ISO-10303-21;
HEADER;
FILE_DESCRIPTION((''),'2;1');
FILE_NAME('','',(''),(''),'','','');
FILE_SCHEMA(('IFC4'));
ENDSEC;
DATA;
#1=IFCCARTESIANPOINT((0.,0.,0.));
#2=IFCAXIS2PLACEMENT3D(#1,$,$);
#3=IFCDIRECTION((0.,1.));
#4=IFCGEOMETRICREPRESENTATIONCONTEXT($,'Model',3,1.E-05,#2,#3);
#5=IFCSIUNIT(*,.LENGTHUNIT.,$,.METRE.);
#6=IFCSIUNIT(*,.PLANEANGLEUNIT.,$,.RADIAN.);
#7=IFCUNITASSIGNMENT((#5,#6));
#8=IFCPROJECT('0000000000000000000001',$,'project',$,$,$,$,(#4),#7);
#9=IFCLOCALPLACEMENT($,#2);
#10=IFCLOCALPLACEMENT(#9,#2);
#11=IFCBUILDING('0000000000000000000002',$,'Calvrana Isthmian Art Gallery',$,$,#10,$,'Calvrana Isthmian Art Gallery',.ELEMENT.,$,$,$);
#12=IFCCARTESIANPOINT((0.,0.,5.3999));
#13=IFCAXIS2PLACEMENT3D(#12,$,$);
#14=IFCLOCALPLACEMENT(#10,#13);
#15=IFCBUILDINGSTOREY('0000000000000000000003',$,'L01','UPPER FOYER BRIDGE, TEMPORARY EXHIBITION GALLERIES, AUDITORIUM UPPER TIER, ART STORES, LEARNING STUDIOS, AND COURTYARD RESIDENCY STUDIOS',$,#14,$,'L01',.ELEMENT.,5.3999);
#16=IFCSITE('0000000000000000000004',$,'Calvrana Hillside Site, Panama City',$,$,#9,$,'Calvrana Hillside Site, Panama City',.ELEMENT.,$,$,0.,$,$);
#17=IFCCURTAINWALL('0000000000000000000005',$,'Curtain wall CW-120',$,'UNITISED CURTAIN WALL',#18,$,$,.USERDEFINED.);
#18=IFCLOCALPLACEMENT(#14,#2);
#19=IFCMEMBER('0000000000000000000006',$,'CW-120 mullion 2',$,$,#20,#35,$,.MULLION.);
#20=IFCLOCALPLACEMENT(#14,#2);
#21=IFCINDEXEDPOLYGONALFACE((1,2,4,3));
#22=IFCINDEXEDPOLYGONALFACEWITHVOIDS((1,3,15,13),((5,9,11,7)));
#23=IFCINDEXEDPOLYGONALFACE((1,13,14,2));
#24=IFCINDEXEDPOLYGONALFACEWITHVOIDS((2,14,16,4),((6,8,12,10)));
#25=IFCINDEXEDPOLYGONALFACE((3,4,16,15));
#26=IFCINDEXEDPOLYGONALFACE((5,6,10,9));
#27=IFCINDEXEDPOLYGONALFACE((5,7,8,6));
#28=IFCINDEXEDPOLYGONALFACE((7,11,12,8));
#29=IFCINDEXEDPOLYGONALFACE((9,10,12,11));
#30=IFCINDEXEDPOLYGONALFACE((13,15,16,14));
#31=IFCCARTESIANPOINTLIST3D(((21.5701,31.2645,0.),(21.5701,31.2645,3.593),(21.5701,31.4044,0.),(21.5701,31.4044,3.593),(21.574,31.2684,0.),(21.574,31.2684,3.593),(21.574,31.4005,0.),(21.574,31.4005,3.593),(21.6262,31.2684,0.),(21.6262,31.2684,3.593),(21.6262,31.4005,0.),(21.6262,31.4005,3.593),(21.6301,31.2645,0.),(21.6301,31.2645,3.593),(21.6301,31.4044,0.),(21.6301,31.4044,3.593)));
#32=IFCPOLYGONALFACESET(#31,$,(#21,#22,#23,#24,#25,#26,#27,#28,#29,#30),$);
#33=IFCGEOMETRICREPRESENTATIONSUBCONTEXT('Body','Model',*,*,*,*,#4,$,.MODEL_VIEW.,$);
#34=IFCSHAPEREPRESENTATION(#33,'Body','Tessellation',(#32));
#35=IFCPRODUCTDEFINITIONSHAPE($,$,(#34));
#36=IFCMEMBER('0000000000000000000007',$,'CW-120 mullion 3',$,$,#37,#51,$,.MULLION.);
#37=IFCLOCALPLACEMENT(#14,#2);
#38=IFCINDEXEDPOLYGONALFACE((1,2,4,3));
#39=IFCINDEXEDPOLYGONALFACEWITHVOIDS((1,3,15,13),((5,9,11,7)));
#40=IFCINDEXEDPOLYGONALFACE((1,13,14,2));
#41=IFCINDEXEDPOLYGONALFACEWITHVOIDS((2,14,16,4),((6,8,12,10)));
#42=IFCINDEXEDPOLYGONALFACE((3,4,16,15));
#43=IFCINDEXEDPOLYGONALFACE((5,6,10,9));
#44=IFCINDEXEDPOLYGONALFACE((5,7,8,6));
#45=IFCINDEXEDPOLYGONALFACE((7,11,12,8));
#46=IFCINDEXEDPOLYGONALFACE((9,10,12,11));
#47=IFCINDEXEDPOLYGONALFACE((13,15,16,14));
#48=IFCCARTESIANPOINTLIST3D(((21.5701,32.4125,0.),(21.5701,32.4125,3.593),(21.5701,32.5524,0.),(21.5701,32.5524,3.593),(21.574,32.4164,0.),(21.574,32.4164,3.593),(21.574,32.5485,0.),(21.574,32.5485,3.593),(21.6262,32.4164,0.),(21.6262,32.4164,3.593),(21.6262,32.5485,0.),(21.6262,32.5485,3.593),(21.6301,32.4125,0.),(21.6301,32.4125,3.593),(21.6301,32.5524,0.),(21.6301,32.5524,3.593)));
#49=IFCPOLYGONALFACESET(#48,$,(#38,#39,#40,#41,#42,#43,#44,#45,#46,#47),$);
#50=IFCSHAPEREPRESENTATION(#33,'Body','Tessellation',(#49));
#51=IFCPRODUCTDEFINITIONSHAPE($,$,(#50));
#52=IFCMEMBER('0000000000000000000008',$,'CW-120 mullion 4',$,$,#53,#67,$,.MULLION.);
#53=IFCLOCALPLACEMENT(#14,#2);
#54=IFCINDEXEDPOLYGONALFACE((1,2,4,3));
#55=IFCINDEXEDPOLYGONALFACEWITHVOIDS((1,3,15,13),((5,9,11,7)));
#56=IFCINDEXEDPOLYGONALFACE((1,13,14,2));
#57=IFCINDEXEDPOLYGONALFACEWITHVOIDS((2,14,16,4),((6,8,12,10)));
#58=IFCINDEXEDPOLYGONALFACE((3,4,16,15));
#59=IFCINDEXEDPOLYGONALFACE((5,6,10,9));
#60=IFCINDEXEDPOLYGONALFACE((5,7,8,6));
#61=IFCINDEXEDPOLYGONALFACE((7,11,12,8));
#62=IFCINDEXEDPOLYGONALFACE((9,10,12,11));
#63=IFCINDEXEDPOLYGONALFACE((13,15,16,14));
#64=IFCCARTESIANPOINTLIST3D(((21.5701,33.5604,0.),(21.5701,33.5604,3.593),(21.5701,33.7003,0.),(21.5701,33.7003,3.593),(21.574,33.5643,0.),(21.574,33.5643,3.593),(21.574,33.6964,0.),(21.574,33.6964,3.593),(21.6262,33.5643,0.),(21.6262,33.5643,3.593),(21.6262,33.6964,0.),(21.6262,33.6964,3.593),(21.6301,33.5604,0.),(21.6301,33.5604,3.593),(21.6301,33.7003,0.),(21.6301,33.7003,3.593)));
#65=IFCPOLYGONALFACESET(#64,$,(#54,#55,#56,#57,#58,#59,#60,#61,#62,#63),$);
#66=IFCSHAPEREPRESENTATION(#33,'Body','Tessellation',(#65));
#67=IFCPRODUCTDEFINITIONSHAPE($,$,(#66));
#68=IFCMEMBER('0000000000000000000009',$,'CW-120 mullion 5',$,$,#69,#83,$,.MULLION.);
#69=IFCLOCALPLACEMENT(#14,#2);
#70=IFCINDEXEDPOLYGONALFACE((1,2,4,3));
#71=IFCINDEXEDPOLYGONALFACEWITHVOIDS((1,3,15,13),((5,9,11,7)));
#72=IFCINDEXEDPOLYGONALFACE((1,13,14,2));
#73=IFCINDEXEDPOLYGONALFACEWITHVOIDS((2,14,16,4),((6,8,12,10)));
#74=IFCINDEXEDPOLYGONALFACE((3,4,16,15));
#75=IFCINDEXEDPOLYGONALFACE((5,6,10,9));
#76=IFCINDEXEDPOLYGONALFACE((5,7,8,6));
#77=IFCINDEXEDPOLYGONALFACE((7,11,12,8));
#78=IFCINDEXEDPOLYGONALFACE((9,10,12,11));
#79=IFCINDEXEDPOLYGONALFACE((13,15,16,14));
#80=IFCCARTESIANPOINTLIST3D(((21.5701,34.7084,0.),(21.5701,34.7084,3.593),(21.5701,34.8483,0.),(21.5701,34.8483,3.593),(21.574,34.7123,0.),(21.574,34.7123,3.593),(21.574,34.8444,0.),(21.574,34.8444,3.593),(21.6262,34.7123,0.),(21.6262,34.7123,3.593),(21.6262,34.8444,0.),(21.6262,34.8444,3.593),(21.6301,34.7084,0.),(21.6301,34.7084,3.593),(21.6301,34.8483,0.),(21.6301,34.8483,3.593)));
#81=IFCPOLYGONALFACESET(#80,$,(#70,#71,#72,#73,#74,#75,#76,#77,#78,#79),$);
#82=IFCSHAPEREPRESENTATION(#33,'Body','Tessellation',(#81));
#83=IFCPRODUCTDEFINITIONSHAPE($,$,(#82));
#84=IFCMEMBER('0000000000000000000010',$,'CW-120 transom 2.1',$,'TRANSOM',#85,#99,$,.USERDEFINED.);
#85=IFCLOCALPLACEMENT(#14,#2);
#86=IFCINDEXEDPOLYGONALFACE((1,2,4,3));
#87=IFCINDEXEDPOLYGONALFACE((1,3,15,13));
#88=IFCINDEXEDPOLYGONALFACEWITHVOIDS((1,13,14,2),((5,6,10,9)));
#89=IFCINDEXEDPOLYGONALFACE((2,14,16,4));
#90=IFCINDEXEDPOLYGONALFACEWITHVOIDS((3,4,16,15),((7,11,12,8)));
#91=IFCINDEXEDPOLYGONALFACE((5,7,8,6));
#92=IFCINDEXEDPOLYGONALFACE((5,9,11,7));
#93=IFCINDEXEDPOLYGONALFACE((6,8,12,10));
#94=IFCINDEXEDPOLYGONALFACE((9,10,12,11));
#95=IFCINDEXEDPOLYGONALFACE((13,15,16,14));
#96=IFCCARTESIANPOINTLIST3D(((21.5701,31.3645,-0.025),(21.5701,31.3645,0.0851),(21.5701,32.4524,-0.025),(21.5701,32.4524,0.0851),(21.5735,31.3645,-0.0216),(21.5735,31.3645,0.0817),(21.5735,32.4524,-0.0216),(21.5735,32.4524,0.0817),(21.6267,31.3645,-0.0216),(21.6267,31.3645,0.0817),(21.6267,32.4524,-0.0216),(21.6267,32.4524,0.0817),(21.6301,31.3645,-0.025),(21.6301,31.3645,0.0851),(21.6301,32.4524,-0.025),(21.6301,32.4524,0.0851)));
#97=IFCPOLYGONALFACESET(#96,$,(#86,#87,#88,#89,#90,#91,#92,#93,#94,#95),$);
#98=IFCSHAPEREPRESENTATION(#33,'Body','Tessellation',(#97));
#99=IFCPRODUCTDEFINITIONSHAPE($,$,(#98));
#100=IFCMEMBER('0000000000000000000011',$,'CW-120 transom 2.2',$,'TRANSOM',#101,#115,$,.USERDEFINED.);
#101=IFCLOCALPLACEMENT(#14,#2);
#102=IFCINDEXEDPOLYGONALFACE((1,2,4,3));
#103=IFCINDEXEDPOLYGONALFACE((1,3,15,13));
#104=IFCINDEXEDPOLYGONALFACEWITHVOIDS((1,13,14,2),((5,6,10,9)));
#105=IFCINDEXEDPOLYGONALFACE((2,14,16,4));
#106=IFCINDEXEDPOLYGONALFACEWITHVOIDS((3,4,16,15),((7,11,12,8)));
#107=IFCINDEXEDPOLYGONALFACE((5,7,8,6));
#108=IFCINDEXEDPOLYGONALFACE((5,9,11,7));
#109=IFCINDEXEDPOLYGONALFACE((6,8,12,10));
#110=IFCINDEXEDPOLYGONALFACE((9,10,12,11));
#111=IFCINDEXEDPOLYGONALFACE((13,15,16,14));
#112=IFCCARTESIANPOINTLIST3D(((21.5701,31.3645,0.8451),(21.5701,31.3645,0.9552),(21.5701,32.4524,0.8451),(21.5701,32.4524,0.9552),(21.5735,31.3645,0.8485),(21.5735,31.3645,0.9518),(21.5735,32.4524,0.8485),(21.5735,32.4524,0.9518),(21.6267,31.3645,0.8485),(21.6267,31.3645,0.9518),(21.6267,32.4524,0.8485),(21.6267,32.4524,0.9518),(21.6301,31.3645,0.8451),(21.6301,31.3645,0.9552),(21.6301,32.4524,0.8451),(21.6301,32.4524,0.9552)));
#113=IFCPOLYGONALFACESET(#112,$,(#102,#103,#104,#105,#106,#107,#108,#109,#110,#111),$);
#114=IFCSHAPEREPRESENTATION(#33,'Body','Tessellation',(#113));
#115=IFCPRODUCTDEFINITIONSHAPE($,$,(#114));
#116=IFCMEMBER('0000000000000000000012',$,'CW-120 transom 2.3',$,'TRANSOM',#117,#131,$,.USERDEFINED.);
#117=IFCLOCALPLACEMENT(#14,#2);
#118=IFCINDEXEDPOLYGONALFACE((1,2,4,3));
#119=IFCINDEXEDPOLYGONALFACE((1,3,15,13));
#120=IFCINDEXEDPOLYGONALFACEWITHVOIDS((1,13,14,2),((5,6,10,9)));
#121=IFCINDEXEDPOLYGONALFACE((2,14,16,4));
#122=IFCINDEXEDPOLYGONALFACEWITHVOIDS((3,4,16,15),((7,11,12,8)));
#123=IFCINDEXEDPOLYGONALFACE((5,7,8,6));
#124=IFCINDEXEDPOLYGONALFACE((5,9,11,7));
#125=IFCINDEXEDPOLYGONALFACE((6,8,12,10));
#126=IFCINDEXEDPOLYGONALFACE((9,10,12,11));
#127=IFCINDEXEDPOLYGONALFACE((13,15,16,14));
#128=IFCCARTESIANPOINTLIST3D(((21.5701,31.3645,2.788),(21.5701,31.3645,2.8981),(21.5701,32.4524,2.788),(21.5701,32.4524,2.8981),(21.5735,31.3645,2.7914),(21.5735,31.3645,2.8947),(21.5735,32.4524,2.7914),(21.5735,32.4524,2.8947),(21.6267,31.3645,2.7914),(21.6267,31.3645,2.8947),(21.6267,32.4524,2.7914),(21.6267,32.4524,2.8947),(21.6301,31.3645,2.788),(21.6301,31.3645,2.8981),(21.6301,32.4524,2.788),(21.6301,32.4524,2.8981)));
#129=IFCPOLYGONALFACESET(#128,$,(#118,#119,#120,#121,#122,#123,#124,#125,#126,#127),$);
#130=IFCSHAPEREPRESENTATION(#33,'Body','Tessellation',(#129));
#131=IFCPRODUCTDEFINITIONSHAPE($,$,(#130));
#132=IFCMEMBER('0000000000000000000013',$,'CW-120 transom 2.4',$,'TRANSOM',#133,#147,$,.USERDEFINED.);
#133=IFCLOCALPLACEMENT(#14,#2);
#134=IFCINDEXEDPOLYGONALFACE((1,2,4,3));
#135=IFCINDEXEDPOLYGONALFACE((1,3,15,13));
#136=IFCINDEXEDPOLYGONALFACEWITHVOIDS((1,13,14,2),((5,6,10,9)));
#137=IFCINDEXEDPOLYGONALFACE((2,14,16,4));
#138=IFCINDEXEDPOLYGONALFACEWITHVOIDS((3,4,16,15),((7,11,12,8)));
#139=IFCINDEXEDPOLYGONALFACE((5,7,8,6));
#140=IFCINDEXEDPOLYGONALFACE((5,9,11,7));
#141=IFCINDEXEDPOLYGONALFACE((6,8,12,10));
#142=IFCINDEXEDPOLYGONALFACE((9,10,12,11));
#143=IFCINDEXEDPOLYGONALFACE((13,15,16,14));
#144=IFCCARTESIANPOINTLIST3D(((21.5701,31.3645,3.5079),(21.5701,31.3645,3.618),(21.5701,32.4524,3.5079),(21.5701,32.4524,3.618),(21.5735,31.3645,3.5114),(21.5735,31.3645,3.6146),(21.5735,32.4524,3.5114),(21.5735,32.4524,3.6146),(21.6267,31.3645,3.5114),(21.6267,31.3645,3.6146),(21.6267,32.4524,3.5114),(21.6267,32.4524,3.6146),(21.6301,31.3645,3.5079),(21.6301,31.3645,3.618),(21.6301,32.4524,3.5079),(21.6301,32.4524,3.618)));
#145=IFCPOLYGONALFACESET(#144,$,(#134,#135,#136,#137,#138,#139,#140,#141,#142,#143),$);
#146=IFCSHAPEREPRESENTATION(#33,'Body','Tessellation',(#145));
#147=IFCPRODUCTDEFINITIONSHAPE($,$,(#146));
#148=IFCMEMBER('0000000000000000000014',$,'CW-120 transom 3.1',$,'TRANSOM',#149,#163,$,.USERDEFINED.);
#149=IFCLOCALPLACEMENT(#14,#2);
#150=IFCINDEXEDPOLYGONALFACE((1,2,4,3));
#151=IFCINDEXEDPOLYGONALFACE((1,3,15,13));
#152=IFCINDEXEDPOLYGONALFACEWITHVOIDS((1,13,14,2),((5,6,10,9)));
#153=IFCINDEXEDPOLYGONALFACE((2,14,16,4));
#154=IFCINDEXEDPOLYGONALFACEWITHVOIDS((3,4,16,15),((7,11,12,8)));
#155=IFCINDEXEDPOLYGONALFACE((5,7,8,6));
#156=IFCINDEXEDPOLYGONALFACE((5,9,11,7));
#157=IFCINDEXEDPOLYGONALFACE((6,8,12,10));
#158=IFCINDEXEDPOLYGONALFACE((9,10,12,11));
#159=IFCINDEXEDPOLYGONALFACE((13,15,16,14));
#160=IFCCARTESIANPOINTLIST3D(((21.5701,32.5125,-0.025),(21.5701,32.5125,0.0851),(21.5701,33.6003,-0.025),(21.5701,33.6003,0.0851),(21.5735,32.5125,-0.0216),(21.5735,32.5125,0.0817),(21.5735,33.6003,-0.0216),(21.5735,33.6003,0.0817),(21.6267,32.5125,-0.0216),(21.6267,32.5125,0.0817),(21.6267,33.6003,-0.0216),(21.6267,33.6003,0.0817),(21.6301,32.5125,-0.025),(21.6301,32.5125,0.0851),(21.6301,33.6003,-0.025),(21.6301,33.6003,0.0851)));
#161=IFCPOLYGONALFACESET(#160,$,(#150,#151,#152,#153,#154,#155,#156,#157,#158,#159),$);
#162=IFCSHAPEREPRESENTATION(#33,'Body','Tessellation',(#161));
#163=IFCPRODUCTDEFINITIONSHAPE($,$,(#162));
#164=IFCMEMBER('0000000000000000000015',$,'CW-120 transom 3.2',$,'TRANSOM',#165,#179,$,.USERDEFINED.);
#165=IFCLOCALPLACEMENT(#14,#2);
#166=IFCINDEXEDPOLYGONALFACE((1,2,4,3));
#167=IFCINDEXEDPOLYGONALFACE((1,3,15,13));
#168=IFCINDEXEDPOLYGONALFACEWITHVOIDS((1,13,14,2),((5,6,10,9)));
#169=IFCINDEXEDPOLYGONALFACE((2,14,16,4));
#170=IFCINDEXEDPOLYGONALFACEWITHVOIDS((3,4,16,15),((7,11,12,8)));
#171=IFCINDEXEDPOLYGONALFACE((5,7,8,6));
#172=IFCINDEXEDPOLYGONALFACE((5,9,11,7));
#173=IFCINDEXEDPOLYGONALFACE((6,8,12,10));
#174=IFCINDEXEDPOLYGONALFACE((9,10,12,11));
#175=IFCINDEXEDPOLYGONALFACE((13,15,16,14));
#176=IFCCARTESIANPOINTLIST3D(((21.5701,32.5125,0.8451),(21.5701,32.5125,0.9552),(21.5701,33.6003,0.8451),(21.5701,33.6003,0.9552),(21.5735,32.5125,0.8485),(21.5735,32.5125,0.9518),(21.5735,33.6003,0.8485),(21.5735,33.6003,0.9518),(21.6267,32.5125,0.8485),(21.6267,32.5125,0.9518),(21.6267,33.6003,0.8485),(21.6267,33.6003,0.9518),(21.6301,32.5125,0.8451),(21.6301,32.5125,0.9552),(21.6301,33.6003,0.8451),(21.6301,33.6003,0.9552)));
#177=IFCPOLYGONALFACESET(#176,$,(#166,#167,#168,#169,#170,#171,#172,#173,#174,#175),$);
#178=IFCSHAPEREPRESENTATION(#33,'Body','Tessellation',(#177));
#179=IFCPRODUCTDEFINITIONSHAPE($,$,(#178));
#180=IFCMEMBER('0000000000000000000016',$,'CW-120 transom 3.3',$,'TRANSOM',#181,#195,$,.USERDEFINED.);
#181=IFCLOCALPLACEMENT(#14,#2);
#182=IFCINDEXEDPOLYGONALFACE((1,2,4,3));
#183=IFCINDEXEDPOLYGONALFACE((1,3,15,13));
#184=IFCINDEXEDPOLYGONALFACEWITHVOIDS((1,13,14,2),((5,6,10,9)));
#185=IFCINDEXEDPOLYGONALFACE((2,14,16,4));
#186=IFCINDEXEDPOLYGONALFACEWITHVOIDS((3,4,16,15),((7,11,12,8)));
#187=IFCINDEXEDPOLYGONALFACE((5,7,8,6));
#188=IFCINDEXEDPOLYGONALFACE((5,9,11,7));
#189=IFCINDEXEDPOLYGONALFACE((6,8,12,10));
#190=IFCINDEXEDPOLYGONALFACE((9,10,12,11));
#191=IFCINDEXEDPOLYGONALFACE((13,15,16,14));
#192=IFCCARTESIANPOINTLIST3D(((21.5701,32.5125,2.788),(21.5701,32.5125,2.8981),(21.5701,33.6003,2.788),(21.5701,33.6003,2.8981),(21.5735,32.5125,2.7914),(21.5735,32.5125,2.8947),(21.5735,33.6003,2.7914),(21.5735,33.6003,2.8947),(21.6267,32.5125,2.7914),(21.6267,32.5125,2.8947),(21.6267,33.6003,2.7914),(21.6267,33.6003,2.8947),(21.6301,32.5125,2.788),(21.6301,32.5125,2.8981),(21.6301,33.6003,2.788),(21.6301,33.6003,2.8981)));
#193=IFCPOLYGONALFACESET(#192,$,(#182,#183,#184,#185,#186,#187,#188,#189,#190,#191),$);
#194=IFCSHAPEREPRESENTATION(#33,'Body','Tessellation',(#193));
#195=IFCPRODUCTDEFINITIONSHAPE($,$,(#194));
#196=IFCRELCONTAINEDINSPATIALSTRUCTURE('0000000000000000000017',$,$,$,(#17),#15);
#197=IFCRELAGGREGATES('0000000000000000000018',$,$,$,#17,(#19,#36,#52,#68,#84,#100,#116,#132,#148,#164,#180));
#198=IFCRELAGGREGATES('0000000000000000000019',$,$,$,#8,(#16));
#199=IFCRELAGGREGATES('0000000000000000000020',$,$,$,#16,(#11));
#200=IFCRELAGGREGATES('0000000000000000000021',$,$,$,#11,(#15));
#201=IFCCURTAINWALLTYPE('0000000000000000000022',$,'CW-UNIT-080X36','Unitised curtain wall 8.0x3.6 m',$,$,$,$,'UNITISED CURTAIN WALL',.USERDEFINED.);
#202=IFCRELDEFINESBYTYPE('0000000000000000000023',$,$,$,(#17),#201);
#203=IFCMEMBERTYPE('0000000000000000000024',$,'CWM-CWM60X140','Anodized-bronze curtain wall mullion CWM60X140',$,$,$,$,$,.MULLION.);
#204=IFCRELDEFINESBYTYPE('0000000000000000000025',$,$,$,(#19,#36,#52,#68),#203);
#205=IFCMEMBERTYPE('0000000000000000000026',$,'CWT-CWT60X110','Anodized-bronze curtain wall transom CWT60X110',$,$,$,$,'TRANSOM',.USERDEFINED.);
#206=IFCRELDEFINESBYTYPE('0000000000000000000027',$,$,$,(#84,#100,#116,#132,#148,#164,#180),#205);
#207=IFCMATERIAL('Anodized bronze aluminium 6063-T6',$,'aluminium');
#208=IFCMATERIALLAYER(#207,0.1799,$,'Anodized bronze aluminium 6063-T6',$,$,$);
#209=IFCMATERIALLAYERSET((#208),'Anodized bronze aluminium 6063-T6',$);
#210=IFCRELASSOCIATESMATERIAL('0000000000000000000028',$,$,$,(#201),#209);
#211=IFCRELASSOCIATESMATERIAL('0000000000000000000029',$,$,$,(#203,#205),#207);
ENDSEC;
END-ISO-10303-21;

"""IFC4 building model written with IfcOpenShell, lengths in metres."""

from ifc_helpers import new_model, si_unit, direction, frame, origin, origin_2d, place, context, subcontext, project, spatial, hollow_rectangle, extrude, material, layer, layer_set, material_profile, profile_set, type_object, element, aggregate, save


model = new_model("IFC4")

# Units and contexts
model_context = context("Model", 3, precision=1e-05, world=origin(), true_north=direction((0.0, 1.0)))
body_context = subcontext(model_context, "Body", "Model", "MODEL_VIEW")
ifc_project = project(units=[si_unit("LENGTHUNIT", "METRE"), si_unit("PLANEANGLEUNIT", "RADIAN")], contexts=[model_context])

# Site, building, storey
site_placement = place(None, origin())
site = spatial("IfcSite", under=ifc_project, at=site_placement, Name="Calvrana Hillside Site, Panama City", LongName="Calvrana Hillside Site, Panama City", CompositionType="ELEMENT", RefElevation=0.0)
building_placement = place(site_placement, origin())
building = spatial("IfcBuilding", under=site, at=building_placement, Name="Calvrana Isthmian Art Gallery", LongName="Calvrana Isthmian Art Gallery", CompositionType="ELEMENT")
storey_placement = place(building_placement, frame((0.0, 0.0, 5.3999)))
storey = spatial("IfcBuildingStorey", under=building, at=storey_placement, Name="L01", Description="UPPER FOYER BRIDGE, TEMPORARY EXHIBITION GALLERIES, AUDITORIUM UPPER TIER, ART STORES, LEARNING STUDIOS, AND COURTYARD RESIDENCY STUDIOS", LongName="L01", CompositionType="ELEMENT", Elevation=5.3999)

# Curtain wall, members
ifc_material_1 = material(Name="Anodized bronze aluminium 6063-T6", Category="aluminium")
ifc_layer_1 = layer(ifc_material_1, 0.1799, Name="Anodized bronze aluminium 6063-T6")
ifc_layer_set_1 = layer_set([ifc_layer_1], Name="Anodized bronze aluminium 6063-T6")
curtain_wall_type = type_object("IfcCurtainWallType", Name="CW-UNIT-080X36", Description="Unitised curtain wall 8.0x3.6 m", ElementType="UNITISED CURTAIN WALL", PredefinedType="USERDEFINED", material=ifc_layer_set_1)
curtain_wall_placement = place(storey_placement, origin())
curtain_wall = element("IfcCurtainWall", 1, at=curtain_wall_placement, inside=storey, type_object=curtain_wall_type, Name="Curtain wall CW-120", ObjectType="UNITISED CURTAIN WALL", PredefinedType="USERDEFINED")
ifc_material_profile_1 = material_profile(ifc_material_1, hollow_rectangle(XDim=0.0601, YDim=0.1399, WallThickness=0.0039, at=origin_2d()), Name="CWM60X140")
ifc_profile_set_1 = profile_set([ifc_material_profile_1], Name="Anodized bronze aluminium 6063-T6")
member_type_1 = type_object("IfcMemberType", Name="CWM-CWM60X140", Description="Anodized-bronze curtain wall mullion CWM60X140", PredefinedType="MULLION", material=ifc_profile_set_1)
member_1_placement = place(storey_placement, frame((21.6001, 31.3345, 0.0), z_axis=(0.0, 0.0, 1.0), x_axis=(-1.0, 0.0, 0.0)))
member_1 = element("IfcMember", 2, at=member_1_placement, type_object=member_type_1, Name="CW-120 mullion 2", PredefinedType="MULLION", context=body_context, shape_type="SweptSolid", body=[
    extrude(hollow_rectangle(XDim=0.0601, YDim=0.1399, WallThickness=0.0039, at=origin_2d()), origin(), (0.0, 0.0, 1.0), 3.593),
])
member_2_placement = place(storey_placement, frame((21.6001, 32.4824, 0.0), z_axis=(0.0, 0.0, 1.0), x_axis=(-1.0, 0.0, 0.0)))
member_2 = element("IfcMember", 3, at=member_2_placement, type_object=member_type_1, Name="CW-120 mullion 3", PredefinedType="MULLION", context=body_context, shape_type="SweptSolid", body=[
    extrude(hollow_rectangle(XDim=0.0601, YDim=0.1399, WallThickness=0.0039, at=origin_2d()), origin(), (0.0, 0.0, 1.0), 3.593),
])
member_3_placement = place(storey_placement, frame((21.6001, 33.6304, 0.0), z_axis=(0.0, 0.0, 1.0), x_axis=(-1.0, 0.0, 0.0)))
member_3 = element("IfcMember", 4, at=member_3_placement, type_object=member_type_1, Name="CW-120 mullion 4", PredefinedType="MULLION", context=body_context, shape_type="SweptSolid", body=[
    extrude(hollow_rectangle(XDim=0.0601, YDim=0.1399, WallThickness=0.0039, at=origin_2d()), origin(), (0.0, 0.0, 1.0), 3.593),
])
member_4_placement = place(storey_placement, frame((21.6001, 34.7783, 0.0), z_axis=(0.0, 0.0, 1.0), x_axis=(-1.0, 0.0, 0.0)))
member_4 = element("IfcMember", 5, at=member_4_placement, type_object=member_type_1, Name="CW-120 mullion 5", PredefinedType="MULLION", context=body_context, shape_type="SweptSolid", body=[
    extrude(hollow_rectangle(XDim=0.0601, YDim=0.1399, WallThickness=0.0039, at=origin_2d()), origin(), (0.0, 0.0, 1.0), 3.593),
])
ifc_material_profile_2 = material_profile(ifc_material_1, hollow_rectangle(XDim=0.0601, YDim=0.1101, WallThickness=0.0034, at=origin_2d()), Name="CWT60X110")
ifc_profile_set_2 = profile_set([ifc_material_profile_2], Name="Anodized bronze aluminium 6063-T6")
member_type_2 = type_object("IfcMemberType", Name="CWT-CWT60X110", Description="Anodized-bronze curtain wall transom CWT60X110", ElementType="TRANSOM", PredefinedType="USERDEFINED", material=ifc_profile_set_2)
member_5_placement = place(storey_placement, frame((21.6001, 31.3645, 0.03), z_axis=(0.0, 1.0, 0.0), x_axis=(-1.0, 0.0, 0.0)))
member_5 = element("IfcMember", 6, at=member_5_placement, type_object=member_type_2, Name="CW-120 transom 2.1", ObjectType="TRANSOM", PredefinedType="USERDEFINED", context=body_context, shape_type="SweptSolid", body=[
    extrude(hollow_rectangle(XDim=0.0601, YDim=0.1101, WallThickness=0.0034, at=origin_2d()), origin(), (0.0, 0.0, 1.0), 1.0879),
])
member_6_placement = place(storey_placement, frame((21.6001, 31.3645, 0.9001), z_axis=(0.0, 1.0, 0.0), x_axis=(-1.0, 0.0, 0.0)))
member_6 = element("IfcMember", 7, at=member_6_placement, type_object=member_type_2, Name="CW-120 transom 2.2", ObjectType="TRANSOM", PredefinedType="USERDEFINED", context=body_context, shape_type="SweptSolid", body=[
    extrude(hollow_rectangle(XDim=0.0601, YDim=0.1101, WallThickness=0.0034, at=origin_2d()), origin(), (0.0, 0.0, 1.0), 1.0879),
])
member_7_placement = place(storey_placement, frame((21.6001, 31.3645, 2.843), z_axis=(0.0, 1.0, 0.0), x_axis=(-1.0, 0.0, 0.0)))
member_7 = element("IfcMember", 8, at=member_7_placement, type_object=member_type_2, Name="CW-120 transom 2.3", ObjectType="TRANSOM", PredefinedType="USERDEFINED", context=body_context, shape_type="SweptSolid", body=[
    extrude(hollow_rectangle(XDim=0.0601, YDim=0.1101, WallThickness=0.0034, at=origin_2d()), origin(), (0.0, 0.0, 1.0), 1.0879),
])
member_8_placement = place(storey_placement, frame((21.6001, 31.3645, 3.563), z_axis=(0.0, 1.0, 0.0), x_axis=(-1.0, 0.0, 0.0)))
member_8 = element("IfcMember", 9, at=member_8_placement, type_object=member_type_2, Name="CW-120 transom 2.4", ObjectType="TRANSOM", PredefinedType="USERDEFINED", context=body_context, shape_type="SweptSolid", body=[
    extrude(hollow_rectangle(XDim=0.0601, YDim=0.1101, WallThickness=0.0034, at=origin_2d()), origin(), (0.0, 0.0, 1.0), 1.0879),
])
member_9_placement = place(storey_placement, frame((21.6001, 32.5125, 0.03), z_axis=(0.0, 1.0, 0.0), x_axis=(-1.0, 0.0, 0.0)))
member_9 = element("IfcMember", 10, at=member_9_placement, type_object=member_type_2, Name="CW-120 transom 3.1", ObjectType="TRANSOM", PredefinedType="USERDEFINED", context=body_context, shape_type="SweptSolid", body=[
    extrude(hollow_rectangle(XDim=0.0601, YDim=0.1101, WallThickness=0.0034, at=origin_2d()), origin(), (0.0, 0.0, 1.0), 1.0879),
])
member_10_placement = place(storey_placement, frame((21.6001, 32.5125, 0.9001), z_axis=(0.0, 1.0, 0.0), x_axis=(-1.0, 0.0, 0.0)))
member_10 = element("IfcMember", 11, at=member_10_placement, type_object=member_type_2, Name="CW-120 transom 3.2", ObjectType="TRANSOM", PredefinedType="USERDEFINED", context=body_context, shape_type="SweptSolid", body=[
    extrude(hollow_rectangle(XDim=0.0601, YDim=0.1101, WallThickness=0.0034, at=origin_2d()), origin(), (0.0, 0.0, 1.0), 1.0879),
])
member_11_placement = place(storey_placement, frame((21.6001, 32.5125, 2.843), z_axis=(0.0, 1.0, 0.0), x_axis=(-1.0, 0.0, 0.0)))
member_11 = element("IfcMember", 12, at=member_11_placement, type_object=member_type_2, Name="CW-120 transom 3.3", ObjectType="TRANSOM", PredefinedType="USERDEFINED", context=body_context, shape_type="SweptSolid", body=[
    extrude(hollow_rectangle(XDim=0.0601, YDim=0.1101, WallThickness=0.0034, at=origin_2d()), origin(), (0.0, 0.0, 1.0), 1.0879),
])
aggregate(curtain_wall, [member_1, member_2, member_3, member_4, member_5, member_6, member_7, member_8, member_9, member_10, member_11])

save(model, "model.ifc")
